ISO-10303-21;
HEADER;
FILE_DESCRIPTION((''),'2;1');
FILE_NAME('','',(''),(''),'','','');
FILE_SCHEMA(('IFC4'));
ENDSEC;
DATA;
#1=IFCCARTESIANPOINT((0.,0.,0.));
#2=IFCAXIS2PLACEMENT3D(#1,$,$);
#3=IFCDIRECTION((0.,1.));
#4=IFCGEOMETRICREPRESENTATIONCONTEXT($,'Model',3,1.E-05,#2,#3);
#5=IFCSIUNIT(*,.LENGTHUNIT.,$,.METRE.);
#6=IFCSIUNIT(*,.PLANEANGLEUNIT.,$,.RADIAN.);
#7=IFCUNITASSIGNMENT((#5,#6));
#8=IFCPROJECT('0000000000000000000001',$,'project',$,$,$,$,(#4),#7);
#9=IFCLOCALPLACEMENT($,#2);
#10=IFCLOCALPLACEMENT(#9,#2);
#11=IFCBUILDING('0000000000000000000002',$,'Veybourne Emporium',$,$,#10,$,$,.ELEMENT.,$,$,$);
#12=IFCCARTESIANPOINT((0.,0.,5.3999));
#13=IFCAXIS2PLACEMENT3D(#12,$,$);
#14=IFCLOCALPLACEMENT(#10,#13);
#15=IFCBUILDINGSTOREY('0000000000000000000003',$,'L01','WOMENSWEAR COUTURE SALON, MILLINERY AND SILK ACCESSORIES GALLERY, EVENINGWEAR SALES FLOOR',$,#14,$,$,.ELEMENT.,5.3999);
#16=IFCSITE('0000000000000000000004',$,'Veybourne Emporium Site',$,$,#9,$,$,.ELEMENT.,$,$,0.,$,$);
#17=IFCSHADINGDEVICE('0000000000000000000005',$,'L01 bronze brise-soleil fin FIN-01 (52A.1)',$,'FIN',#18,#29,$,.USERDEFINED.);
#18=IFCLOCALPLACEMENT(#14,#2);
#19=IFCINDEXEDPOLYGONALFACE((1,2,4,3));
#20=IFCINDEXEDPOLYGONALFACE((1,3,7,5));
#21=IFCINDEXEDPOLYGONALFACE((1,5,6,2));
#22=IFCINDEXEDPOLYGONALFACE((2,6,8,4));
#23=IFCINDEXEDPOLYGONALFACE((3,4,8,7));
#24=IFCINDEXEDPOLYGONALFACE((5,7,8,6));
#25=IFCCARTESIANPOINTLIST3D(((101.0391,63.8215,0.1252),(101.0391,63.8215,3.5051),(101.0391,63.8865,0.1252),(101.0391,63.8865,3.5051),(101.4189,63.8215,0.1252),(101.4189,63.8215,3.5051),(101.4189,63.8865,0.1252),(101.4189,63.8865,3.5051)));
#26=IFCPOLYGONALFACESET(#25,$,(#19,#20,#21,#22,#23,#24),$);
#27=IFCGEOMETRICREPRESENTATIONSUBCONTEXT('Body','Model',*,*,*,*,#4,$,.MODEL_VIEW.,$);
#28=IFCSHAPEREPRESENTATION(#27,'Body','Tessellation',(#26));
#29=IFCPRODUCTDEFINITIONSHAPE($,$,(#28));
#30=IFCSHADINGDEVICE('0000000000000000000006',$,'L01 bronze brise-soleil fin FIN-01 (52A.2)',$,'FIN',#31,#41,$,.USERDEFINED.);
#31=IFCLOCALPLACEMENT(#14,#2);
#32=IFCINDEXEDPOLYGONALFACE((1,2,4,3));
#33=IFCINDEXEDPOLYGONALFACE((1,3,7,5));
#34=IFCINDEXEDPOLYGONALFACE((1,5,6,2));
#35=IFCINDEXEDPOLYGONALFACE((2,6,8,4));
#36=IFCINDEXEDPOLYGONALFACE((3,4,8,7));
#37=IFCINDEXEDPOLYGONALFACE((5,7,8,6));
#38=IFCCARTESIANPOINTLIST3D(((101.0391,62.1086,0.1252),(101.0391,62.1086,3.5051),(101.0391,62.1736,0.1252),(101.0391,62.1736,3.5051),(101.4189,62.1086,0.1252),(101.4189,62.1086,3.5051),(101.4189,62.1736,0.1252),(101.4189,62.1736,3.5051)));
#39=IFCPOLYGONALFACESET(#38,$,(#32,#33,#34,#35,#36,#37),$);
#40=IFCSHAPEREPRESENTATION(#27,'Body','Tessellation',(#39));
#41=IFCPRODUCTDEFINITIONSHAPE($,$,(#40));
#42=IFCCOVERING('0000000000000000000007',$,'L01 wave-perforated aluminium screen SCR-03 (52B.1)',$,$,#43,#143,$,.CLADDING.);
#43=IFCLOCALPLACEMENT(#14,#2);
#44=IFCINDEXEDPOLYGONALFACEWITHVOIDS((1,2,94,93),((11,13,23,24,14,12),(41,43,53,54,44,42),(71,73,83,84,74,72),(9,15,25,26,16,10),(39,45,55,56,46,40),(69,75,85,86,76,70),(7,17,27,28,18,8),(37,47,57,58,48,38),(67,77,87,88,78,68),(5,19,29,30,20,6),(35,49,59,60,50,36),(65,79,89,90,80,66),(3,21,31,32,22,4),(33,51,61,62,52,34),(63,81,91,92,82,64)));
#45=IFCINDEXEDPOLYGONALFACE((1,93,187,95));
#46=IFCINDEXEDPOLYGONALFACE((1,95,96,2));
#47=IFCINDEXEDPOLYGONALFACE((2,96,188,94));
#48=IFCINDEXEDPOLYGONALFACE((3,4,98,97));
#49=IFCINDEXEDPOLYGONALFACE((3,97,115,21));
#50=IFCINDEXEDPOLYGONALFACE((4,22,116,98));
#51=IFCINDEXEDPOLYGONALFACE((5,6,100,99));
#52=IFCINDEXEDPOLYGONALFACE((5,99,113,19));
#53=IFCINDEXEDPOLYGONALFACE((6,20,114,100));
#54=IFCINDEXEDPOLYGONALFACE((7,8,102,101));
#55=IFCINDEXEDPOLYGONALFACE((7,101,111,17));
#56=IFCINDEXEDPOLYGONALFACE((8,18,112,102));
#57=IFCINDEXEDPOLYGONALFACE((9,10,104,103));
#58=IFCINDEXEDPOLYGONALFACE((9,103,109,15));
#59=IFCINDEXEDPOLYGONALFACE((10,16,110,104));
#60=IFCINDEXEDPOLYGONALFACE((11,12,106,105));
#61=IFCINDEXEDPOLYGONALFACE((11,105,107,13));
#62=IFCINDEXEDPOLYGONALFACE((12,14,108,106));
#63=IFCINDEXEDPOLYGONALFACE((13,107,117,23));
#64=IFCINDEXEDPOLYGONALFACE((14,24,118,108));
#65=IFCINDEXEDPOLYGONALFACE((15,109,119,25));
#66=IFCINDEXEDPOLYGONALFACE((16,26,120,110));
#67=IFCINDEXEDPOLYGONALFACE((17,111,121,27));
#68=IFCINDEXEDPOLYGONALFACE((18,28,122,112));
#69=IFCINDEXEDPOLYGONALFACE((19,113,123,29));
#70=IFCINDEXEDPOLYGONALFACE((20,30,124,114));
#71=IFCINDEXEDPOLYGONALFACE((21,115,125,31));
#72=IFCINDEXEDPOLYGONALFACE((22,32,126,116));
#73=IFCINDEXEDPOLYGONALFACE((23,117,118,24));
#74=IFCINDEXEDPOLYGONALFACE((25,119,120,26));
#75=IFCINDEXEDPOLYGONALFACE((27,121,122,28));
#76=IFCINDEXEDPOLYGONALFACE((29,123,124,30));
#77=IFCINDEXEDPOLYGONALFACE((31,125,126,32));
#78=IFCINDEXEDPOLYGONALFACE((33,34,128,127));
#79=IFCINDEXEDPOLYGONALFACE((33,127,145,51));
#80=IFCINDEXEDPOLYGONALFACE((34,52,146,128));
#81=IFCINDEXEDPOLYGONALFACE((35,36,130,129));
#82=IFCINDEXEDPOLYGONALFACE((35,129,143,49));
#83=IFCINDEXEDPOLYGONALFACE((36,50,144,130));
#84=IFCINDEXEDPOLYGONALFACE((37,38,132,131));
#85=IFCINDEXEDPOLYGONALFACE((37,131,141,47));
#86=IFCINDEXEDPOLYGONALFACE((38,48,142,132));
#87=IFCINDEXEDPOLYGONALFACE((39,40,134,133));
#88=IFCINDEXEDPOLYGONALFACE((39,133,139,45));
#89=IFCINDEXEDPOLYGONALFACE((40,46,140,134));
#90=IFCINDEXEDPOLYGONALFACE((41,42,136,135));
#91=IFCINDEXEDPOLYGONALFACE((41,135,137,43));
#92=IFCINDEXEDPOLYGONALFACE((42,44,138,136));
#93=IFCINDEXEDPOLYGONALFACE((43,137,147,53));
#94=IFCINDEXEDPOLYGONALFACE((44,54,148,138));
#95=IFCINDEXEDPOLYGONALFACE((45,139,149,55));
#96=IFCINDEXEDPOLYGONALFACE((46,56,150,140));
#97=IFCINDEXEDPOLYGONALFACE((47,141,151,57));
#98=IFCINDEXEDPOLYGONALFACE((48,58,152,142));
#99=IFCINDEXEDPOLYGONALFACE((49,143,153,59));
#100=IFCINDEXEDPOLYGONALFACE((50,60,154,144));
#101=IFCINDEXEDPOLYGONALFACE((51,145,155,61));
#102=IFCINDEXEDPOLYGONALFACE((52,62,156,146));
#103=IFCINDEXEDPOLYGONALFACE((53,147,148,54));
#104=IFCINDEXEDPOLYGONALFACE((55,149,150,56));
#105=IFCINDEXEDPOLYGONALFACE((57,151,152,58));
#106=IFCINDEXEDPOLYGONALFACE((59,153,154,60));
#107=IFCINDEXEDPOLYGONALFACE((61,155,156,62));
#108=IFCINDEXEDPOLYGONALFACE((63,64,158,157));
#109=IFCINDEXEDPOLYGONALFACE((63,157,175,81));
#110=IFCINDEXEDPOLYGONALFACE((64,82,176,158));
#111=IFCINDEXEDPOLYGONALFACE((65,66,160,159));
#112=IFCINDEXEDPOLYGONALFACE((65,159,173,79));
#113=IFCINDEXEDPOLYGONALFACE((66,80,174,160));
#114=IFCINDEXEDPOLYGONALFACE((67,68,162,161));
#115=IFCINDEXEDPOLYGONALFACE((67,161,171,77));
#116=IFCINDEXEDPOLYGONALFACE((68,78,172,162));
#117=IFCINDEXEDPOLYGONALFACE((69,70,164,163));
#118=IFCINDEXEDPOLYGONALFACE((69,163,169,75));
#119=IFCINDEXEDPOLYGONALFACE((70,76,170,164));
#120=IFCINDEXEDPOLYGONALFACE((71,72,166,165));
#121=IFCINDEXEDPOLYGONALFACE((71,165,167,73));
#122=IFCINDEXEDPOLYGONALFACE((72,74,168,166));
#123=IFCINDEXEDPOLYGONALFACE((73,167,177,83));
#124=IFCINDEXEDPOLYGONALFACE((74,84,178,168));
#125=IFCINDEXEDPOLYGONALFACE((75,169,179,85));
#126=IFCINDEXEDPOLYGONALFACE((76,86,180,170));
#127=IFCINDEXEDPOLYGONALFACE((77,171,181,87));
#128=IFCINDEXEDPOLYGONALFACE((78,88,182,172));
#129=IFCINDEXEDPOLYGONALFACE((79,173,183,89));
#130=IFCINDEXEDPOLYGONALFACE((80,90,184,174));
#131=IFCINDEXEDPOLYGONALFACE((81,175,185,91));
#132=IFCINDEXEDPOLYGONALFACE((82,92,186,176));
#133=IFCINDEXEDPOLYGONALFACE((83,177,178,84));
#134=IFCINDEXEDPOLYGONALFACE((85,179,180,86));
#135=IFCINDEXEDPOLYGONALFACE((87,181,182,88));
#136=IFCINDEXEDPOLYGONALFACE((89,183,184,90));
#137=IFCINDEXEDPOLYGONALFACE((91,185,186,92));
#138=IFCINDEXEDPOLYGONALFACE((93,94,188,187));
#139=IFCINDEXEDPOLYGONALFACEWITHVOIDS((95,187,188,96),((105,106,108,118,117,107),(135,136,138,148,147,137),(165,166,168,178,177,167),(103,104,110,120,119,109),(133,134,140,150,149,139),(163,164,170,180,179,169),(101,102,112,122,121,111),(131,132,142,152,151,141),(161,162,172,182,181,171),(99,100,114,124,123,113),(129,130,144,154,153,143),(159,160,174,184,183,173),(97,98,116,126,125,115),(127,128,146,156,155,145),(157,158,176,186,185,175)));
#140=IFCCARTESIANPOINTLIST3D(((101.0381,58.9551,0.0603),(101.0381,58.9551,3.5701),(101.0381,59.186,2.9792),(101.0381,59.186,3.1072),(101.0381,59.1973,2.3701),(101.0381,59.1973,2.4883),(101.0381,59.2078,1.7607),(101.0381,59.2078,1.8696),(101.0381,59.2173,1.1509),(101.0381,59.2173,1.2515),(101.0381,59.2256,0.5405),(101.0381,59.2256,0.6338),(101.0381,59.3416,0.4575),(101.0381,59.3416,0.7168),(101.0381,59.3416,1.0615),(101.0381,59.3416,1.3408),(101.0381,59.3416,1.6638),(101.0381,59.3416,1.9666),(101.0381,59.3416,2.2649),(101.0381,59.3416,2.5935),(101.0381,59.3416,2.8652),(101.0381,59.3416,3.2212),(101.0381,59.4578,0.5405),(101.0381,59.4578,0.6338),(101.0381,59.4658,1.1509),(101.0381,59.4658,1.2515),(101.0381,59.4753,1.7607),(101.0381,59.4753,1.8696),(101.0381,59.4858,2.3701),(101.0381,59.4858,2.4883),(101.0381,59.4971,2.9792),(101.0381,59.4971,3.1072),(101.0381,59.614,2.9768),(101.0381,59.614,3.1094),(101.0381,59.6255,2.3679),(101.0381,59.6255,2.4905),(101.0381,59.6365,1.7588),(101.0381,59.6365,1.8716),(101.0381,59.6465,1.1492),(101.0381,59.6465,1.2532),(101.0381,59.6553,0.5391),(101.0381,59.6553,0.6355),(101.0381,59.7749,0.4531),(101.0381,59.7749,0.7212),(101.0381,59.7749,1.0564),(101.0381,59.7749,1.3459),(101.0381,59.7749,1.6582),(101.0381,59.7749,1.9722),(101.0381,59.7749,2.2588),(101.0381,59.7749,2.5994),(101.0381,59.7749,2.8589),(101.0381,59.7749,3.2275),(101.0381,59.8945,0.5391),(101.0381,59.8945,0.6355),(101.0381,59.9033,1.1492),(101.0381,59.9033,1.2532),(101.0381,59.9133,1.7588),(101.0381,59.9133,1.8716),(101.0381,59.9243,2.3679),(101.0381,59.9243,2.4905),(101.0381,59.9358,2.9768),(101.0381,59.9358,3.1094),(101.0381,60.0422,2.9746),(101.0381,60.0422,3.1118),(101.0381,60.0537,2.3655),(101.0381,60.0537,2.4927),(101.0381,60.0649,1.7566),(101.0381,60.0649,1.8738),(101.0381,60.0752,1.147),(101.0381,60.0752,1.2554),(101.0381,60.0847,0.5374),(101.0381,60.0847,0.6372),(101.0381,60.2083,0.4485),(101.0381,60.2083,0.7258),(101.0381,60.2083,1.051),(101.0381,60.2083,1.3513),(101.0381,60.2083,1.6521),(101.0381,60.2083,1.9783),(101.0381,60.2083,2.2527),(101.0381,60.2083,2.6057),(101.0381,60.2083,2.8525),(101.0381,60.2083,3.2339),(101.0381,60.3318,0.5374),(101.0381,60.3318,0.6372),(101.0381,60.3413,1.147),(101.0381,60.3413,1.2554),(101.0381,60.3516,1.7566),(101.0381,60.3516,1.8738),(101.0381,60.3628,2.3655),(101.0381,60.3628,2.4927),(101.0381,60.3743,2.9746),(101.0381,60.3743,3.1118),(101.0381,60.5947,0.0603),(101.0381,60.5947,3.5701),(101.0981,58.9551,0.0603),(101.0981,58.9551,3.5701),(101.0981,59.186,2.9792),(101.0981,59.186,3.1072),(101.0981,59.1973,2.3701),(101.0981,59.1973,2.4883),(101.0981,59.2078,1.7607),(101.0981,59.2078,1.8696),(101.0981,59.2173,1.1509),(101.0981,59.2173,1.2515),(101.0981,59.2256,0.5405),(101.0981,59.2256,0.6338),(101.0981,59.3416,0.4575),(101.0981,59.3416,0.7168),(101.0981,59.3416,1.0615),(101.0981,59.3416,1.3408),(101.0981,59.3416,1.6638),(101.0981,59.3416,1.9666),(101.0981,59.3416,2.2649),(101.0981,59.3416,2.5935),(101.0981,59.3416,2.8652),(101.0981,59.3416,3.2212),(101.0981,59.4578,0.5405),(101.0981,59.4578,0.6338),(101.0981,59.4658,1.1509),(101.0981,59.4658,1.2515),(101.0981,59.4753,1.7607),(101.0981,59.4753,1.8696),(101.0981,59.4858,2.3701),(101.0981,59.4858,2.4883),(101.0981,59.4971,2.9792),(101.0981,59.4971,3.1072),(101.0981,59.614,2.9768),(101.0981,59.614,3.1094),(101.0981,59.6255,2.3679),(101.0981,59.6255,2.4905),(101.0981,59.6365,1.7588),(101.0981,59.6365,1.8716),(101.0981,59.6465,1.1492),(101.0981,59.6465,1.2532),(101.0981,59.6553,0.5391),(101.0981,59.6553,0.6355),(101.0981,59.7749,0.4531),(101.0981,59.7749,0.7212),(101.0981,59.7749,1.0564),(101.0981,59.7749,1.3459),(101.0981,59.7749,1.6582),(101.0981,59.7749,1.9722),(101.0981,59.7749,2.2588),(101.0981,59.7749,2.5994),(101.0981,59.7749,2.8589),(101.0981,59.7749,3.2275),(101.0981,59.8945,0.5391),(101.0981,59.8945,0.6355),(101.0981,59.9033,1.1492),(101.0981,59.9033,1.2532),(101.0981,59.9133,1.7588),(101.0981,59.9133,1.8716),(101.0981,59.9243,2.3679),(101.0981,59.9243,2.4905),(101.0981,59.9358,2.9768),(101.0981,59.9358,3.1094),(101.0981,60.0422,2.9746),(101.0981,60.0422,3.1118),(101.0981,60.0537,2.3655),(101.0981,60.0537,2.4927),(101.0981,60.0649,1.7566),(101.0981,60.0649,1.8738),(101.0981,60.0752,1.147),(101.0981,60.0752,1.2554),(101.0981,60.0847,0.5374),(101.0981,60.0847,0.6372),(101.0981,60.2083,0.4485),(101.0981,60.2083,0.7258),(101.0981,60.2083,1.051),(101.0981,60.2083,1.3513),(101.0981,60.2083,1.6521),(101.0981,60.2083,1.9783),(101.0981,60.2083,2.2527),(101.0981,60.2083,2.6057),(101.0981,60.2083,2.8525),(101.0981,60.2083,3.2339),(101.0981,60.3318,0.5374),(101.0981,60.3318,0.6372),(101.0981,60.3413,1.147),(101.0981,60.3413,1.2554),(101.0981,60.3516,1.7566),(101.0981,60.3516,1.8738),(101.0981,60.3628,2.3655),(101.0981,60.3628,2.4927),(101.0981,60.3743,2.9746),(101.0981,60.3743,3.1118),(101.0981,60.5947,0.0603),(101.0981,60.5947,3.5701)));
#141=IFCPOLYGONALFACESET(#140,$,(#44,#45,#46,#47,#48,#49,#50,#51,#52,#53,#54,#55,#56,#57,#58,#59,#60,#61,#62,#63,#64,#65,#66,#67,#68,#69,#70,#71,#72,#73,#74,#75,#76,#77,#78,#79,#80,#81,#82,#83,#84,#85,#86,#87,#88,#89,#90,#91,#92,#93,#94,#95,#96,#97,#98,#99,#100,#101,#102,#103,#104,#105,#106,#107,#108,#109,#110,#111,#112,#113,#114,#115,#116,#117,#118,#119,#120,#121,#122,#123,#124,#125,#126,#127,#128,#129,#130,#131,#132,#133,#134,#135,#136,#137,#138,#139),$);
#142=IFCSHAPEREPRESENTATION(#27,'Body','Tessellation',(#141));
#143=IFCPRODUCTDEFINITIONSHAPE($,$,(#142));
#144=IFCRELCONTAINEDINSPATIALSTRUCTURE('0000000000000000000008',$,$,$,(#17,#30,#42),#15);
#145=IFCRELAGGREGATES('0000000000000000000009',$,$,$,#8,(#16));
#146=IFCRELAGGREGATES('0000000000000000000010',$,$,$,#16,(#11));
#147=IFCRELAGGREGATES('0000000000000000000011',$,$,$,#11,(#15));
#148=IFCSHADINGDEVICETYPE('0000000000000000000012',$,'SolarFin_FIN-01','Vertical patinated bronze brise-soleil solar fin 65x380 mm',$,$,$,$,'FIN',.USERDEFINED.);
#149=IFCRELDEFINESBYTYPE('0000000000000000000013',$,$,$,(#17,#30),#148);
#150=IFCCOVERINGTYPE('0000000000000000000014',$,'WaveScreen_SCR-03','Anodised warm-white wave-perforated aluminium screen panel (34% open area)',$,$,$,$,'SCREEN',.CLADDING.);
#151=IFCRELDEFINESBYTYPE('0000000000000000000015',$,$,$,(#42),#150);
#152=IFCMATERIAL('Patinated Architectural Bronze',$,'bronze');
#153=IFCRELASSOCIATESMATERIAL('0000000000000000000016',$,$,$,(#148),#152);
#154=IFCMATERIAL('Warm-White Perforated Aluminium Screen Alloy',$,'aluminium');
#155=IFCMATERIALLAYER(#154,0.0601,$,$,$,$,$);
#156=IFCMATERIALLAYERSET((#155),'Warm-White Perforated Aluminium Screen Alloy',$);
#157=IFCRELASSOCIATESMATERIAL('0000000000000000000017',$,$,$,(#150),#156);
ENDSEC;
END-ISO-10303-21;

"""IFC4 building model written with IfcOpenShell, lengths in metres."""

from ifc_helpers import new_model, si_unit, direction, frame, origin, origin_2d, place, context, subcontext, project, spatial, polyline, rectangle, outline, extrude, material, layer, layer_set, type_object, element, save


model = new_model("IFC4")

# Units and contexts
model_context = context("Model", 3, precision=1e-05, world=origin(), true_north=direction((0.0, 1.0)))
body_context = subcontext(model_context, "Body", "Model", "MODEL_VIEW")
ifc_project = project(units=[si_unit("LENGTHUNIT", "METRE"), si_unit("PLANEANGLEUNIT", "RADIAN")], contexts=[model_context])

# Site, building, storey
site_placement = place(None, origin())
site = spatial("IfcSite", under=ifc_project, at=site_placement, Name="Veybourne Emporium Site", CompositionType="ELEMENT", RefElevation=0.0)
building_placement = place(site_placement, origin())
building = spatial("IfcBuilding", under=site, at=building_placement, Name="Veybourne Emporium", CompositionType="ELEMENT")
storey_placement = place(building_placement, frame((0.0, 0.0, 5.3999)))
storey = spatial("IfcBuildingStorey", under=building, at=storey_placement, Name="L01", Description="WOMENSWEAR COUTURE SALON, MILLINERY AND SILK ACCESSORIES GALLERY, EVENINGWEAR SALES FLOOR", CompositionType="ELEMENT", Elevation=5.3999)

# Shared definitions
ifc_material_1 = material(Name="Patinated Architectural Bronze", Category="bronze")

# Shading devices
shading_device_type = type_object("IfcShadingDeviceType", Name="SolarFin_FIN-01", Description="Vertical patinated bronze brise-soleil solar fin 65x380 mm", ElementType="FIN", PredefinedType="USERDEFINED", material=ifc_material_1)
for number, where, z_axis, x_axis, name in (
    (1, (101.229, 63.854, 0.1252), (0.0, 0.0, 1.0), (0.0, -1.0, 0.0), "L01 bronze brise-soleil fin FIN-01 (52A.1)"),
    (2, (101.229, 62.1411, 0.1252), (0.0, 0.0, 1.0), (0.0, -1.0, 0.0), "L01 bronze brise-soleil fin FIN-01 (52A.2)"),
):
    element("IfcShadingDevice", number, at=place(storey_placement, frame(where, z_axis=z_axis, x_axis=x_axis)), inside=storey, type_object=shading_device_type, Name=name, ObjectType="FIN", PredefinedType="USERDEFINED", context=body_context, shape_type="SweptSolid", body=[
        extrude(rectangle(XDim=0.0649, YDim=0.3799, at=origin_2d()), origin(), (0.0, 0.0, 1.0), 3.3799),
    ])

# Covering
ifc_material_2 = material(Name="Warm-White Perforated Aluminium Screen Alloy", Category="aluminium")
ifc_layer_1 = layer(ifc_material_2, 0.0601)
ifc_layer_set_1 = layer_set([ifc_layer_1], Name="Warm-White Perforated Aluminium Screen Alloy")
covering_type_1 = type_object("IfcCoveringType", Name="WaveScreen_SCR-03", Description="Anodised warm-white wave-perforated aluminium screen panel (34% open area)", ElementType="SCREEN", PredefinedType="CLADDING", material=ifc_layer_set_1)
covering_1_placement = place(storey_placement, frame((101.0981, 59.7749, 1.8152), z_axis=(-1.0, 0.0, 0.0), x_axis=(0.0, -1.0, 0.0)))
element("IfcCovering", 3, at=covering_1_placement, inside=storey, type_object=covering_type_1, Name="L01 wave-perforated aluminium screen SCR-03 (52B.1)", PredefinedType="CLADDING", context=body_context, shape_type="SweptSolid", body=[
    extrude(outline(polyline([(-0.8198, -1.7549), (0.8198, -1.7549), (0.8198, 1.7549), (-0.8198, 1.7549), (-0.8198, -1.7549)]), holes=[polyline([(-0.4333, -1.0894), (-0.3098, -1.178), (-0.3098, -1.2778), (-0.4333, -1.3667), (-0.5569, -1.2778), (-0.5569, -1.178), (-0.4333, -1.0894)]), polyline([(-0.4333, -0.4639), (-0.3003, -0.5598), (-0.3003, -0.6682), (-0.4333, -0.7642), (-0.5664, -0.6682), (-0.5664, -0.5598), (-0.4333, -0.4639)]), polyline([(-0.4333, 0.1631), (-0.29, 0.0586), (-0.29, -0.0586), (-0.4333, -0.1631), (-0.5767, -0.0586), (-0.5767, 0.0586), (-0.4333, 0.1631)]), polyline([(-0.4333, 0.7905), (-0.2788, 0.6775), (-0.2788, 0.5503), (-0.4333, 0.4375), (-0.5879, 0.5503), (-0.5879, 0.6775), (-0.4333, 0.7905)]), polyline([(-0.4333, 1.4187), (-0.2673, 1.2966), (-0.2673, 1.1594), (-0.4333, 1.0374), (-0.5994, 1.1594), (-0.5994, 1.2966), (-0.4333, 1.4187)]), polyline([(0.0, -1.094), (0.1196, -1.1797), (0.1196, -1.2761), (0.0, -1.3621), (-0.1196, -1.2761), (-0.1196, -1.1797), (0.0, -1.094)]), polyline([(0.0, -0.4692), (0.1284, -0.562), (0.1284, -0.666), (0.0, -0.7588), (-0.1284, -0.666), (-0.1284, -0.562), (0.0, -0.4692)]), polyline([(0.0, 0.157), (0.1384, 0.0564), (0.1384, -0.0564), (0.0, -0.157), (-0.1384, -0.0564), (-0.1384, 0.0564), (0.0, 0.157)]), polyline([(0.0, 0.7842), (0.1494, 0.6753), (0.1494, 0.5527), (0.0, 0.4436), (-0.1494, 0.5527), (-0.1494, 0.6753), (0.0, 0.7842)]), polyline([(0.0, 1.4124), (0.1609, 1.2942), (0.1609, 1.1616), (0.0, 1.0437), (-0.1609, 1.1616), (-0.1609, 1.2942), (0.0, 1.4124)]), polyline([(0.4333, -1.0984), (0.5493, -1.1814), (0.5493, -1.2747), (0.4333, -1.3577), (0.3171, -1.2747), (0.3171, -1.1814), (0.4333, -1.0984)]), polyline([(0.4333, -0.4744), (0.5576, -0.5637), (0.5576, -0.6643), (0.4333, -0.7537), (0.3091, -0.6643), (0.3091, -0.5637), (0.4333, -0.4744)]), polyline([(0.4333, 0.1514), (0.5671, 0.0544), (0.5671, -0.0544), (0.4333, -0.1514), (0.2996, -0.0544), (0.2996, 0.0544), (0.4333, 0.1514)]), polyline([(0.4333, 0.7783), (0.5776, 0.6731), (0.5776, 0.5549), (0.4333, 0.4497), (0.2891, 0.5549), (0.2891, 0.6731), (0.4333, 0.7783)]), polyline([(0.4333, 1.406), (0.5889, 1.292), (0.5889, 1.1641), (0.4333, 1.05), (0.2778, 1.1641), (0.2778, 1.292), (0.4333, 1.406)])]), origin(), (0.0, 0.0, 1.0), 0.0601),
])

save(model, "model.ifc")
